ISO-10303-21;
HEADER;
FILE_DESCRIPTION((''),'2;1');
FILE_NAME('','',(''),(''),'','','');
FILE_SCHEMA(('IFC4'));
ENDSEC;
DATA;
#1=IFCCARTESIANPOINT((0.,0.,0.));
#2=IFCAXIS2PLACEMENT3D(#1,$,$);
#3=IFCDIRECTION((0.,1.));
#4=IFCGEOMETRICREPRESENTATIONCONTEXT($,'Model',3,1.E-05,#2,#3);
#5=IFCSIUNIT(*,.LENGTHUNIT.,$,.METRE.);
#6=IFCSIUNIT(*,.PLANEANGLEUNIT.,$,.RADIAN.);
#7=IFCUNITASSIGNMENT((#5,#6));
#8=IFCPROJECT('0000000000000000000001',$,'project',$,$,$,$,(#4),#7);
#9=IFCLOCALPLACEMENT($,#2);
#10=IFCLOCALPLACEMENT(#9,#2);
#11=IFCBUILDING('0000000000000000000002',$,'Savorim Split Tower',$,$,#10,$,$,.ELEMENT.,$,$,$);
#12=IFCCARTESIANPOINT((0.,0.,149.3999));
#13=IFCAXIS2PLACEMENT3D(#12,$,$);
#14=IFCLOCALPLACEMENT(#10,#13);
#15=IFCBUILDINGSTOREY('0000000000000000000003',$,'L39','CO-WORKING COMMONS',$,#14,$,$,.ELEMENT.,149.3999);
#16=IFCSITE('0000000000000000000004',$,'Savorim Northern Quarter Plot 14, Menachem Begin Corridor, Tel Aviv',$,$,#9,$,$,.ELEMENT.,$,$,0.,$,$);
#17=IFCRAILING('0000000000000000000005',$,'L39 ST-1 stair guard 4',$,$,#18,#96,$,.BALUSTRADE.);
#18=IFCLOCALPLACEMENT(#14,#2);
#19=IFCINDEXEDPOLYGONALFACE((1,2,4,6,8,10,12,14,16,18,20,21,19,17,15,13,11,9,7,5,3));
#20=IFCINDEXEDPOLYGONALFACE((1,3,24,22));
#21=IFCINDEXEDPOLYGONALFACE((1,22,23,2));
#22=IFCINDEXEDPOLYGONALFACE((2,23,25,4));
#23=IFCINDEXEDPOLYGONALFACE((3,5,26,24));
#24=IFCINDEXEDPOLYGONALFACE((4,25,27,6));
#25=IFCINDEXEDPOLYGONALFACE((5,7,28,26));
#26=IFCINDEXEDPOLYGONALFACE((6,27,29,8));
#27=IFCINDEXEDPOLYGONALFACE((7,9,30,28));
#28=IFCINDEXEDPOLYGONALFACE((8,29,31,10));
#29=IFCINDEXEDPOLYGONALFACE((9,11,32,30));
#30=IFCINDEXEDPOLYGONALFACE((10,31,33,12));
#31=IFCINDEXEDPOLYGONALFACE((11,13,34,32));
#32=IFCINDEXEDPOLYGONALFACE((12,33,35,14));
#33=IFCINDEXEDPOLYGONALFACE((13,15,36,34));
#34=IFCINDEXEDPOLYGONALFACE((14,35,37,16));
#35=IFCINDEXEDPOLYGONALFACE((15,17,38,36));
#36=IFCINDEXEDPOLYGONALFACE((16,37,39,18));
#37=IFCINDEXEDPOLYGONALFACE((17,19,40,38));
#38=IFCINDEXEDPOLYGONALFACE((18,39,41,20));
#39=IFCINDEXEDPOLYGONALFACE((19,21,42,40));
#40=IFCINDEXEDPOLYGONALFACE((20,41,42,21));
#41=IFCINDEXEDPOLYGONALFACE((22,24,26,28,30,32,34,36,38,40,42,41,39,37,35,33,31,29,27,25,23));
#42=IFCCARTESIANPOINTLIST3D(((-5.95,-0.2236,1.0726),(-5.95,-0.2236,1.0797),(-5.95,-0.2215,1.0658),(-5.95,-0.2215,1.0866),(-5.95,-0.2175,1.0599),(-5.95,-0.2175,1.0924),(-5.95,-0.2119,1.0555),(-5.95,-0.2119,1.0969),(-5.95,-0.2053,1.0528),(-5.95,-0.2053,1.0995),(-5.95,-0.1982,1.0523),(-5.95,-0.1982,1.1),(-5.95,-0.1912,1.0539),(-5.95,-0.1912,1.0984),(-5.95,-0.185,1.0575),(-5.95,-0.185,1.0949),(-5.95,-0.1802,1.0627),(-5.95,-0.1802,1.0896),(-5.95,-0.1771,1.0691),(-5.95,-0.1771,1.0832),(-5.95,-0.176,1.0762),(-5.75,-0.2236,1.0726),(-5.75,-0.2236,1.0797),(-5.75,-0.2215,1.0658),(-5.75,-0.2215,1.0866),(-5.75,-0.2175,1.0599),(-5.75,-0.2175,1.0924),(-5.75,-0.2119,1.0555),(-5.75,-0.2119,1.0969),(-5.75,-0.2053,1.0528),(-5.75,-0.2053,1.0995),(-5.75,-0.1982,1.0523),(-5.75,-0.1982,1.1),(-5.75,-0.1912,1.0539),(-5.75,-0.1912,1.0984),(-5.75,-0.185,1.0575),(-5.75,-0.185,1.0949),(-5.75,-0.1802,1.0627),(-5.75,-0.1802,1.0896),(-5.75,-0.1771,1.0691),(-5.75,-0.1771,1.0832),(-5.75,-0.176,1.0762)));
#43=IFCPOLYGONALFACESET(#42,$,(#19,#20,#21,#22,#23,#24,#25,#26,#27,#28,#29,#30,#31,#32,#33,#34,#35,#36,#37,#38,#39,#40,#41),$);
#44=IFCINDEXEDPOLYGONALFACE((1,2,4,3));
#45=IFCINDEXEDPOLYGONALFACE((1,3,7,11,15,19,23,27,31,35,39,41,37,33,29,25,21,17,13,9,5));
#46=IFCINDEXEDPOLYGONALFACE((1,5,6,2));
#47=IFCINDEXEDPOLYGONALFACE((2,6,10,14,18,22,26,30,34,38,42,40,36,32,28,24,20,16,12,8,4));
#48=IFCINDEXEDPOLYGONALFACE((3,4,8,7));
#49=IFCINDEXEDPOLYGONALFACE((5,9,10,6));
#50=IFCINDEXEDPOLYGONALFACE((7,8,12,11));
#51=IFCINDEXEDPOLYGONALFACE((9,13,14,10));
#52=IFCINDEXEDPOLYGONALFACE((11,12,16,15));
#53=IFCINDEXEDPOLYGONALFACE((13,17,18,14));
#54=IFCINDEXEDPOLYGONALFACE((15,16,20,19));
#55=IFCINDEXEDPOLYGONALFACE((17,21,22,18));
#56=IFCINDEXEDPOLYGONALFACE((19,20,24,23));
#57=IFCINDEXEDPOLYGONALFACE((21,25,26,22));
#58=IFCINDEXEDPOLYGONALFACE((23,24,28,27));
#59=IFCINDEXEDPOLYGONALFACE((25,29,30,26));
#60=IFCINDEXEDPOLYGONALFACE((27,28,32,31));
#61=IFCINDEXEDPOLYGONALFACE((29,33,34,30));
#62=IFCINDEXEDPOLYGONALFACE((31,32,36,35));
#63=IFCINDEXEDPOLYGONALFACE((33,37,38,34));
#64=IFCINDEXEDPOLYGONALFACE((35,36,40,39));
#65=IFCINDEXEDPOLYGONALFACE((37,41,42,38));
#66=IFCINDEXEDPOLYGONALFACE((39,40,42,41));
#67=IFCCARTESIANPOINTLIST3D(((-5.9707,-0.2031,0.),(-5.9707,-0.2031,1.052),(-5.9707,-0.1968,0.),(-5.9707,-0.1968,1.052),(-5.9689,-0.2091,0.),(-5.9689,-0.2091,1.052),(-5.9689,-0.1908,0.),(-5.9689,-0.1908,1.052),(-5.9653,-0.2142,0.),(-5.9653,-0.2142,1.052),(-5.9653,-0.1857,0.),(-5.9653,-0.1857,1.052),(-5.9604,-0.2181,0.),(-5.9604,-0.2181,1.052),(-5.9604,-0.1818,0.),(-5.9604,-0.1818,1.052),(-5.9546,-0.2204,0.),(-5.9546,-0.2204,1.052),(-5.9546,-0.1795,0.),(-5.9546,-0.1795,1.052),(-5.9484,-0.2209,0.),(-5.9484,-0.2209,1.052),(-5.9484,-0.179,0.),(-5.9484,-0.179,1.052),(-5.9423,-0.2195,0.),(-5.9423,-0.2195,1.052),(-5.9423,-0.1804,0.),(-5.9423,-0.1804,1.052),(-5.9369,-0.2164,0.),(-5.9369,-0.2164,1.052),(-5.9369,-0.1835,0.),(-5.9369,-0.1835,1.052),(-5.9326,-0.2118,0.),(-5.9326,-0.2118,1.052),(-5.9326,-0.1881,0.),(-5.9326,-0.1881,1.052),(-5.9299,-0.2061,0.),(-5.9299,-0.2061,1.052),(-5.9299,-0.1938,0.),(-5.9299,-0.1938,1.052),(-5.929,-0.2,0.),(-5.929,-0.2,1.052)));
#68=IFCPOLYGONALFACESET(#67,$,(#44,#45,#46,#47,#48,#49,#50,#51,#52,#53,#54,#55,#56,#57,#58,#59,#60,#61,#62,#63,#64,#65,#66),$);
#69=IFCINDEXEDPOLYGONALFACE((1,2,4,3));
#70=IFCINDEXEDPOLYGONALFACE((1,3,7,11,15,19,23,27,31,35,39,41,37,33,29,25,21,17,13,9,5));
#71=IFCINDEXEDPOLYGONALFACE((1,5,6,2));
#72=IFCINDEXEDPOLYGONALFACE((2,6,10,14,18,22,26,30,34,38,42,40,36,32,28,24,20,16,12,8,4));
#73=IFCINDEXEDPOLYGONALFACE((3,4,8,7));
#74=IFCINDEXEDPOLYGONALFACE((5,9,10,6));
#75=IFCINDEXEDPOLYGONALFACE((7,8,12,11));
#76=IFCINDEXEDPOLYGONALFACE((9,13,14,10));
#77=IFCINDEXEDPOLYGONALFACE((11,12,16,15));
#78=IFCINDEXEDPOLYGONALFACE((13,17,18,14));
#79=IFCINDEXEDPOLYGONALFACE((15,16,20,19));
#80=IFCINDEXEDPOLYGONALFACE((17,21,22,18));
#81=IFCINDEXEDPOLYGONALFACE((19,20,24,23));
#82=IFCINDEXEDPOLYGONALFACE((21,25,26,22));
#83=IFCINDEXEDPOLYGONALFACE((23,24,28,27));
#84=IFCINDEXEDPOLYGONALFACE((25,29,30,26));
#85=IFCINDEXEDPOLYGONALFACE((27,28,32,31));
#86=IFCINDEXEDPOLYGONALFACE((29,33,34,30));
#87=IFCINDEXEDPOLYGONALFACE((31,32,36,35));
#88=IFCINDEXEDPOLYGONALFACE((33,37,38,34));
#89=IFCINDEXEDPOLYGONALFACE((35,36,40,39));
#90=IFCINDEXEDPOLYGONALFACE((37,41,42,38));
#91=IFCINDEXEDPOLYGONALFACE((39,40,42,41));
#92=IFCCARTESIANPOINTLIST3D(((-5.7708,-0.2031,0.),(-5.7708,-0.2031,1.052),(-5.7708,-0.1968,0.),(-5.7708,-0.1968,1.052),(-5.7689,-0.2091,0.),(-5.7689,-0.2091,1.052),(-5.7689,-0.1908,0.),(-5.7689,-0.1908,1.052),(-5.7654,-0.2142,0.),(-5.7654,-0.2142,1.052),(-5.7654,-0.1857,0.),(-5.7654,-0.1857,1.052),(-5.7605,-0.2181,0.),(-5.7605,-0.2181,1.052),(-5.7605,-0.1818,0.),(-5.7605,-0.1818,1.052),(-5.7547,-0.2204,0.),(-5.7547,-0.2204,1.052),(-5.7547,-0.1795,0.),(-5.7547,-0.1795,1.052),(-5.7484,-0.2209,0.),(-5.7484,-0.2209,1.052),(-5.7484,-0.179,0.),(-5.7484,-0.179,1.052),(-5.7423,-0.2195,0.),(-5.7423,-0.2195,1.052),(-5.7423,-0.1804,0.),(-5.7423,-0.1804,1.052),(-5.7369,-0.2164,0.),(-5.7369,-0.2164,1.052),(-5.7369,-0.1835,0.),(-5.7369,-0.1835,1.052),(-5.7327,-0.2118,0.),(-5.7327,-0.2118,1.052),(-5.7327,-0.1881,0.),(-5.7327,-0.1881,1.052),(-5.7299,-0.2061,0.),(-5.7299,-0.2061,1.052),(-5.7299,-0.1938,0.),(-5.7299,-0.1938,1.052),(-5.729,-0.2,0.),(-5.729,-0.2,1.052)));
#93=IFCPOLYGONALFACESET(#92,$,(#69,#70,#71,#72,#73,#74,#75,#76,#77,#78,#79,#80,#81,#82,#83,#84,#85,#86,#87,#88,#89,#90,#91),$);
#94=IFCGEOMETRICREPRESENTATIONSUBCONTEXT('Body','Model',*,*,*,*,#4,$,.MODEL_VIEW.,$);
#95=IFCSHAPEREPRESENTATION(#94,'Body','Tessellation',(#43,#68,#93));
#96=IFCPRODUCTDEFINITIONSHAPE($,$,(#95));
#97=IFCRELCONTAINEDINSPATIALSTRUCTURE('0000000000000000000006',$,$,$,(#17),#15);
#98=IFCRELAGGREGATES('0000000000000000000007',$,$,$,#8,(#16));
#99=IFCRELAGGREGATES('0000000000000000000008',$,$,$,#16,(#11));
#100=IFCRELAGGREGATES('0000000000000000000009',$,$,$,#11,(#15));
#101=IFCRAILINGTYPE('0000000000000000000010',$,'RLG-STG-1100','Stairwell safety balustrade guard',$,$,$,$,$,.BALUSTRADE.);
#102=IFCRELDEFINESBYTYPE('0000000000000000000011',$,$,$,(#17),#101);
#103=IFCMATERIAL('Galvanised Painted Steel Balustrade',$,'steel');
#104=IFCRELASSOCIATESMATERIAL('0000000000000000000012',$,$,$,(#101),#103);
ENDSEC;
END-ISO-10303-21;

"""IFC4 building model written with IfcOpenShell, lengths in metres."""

from ifc_helpers import new_model, si_unit, direction, frame, origin, origin_2d, place, context, subcontext, project, spatial, circle, extrude, material, type_object, element, save


model = new_model("IFC4")

# Units and contexts
model_context = context("Model", 3, precision=1e-05, world=origin(), true_north=direction((0.0, 1.0)))
body_context = subcontext(model_context, "Body", "Model", "MODEL_VIEW")
ifc_project = project(units=[si_unit("LENGTHUNIT", "METRE"), si_unit("PLANEANGLEUNIT", "RADIAN")], contexts=[model_context])

# Site, building, storey
site_placement = place(None, origin())
site = spatial("IfcSite", under=ifc_project, at=site_placement, Name="Savorim Northern Quarter Plot 14, Menachem Begin Corridor, Tel Aviv", CompositionType="ELEMENT", RefElevation=0.0)
building_placement = place(site_placement, origin())
building = spatial("IfcBuilding", under=site, at=building_placement, Name="Savorim Split Tower", CompositionType="ELEMENT")
storey_placement = place(building_placement, frame((0.0, 0.0, 149.3999)))
storey = spatial("IfcBuildingStorey", under=building, at=storey_placement, Name="L39", Description="CO-WORKING COMMONS", CompositionType="ELEMENT", Elevation=149.3999)

# Railing
ifc_material_1 = material(Name="Galvanised Painted Steel Balustrade", Category="steel")
railing_type_1 = type_object("IfcRailingType", Name="RLG-STG-1100", Description="Stairwell safety balustrade guard", PredefinedType="BALUSTRADE", material=ifc_material_1)
railing_1_placement = place(storey_placement, frame((-5.95, -0.2, 0.0)))
element("IfcRailing", 1, at=railing_1_placement, inside=storey, type_object=railing_type_1, Name="L39 ST-1 stair guard 4", PredefinedType="BALUSTRADE", context=body_context, shape_type="SweptSolid", body=[
    extrude(circle(Radius=0.0239, at=origin_2d()), frame((0.0, 0.0, 1.0762), z_axis=(1.0, 0.0, 0.0), x_axis=(0.0, 1.0, 0.0)), (0.0, 0.0, 1.0), 0.2),
    extrude(circle(Radius=0.021, at=origin_2d()), origin(), (0.0, 0.0, 1.0), 1.052),
    extrude(circle(Radius=0.021, at=origin_2d()), frame((0.2, 0.0, 0.0)), (0.0, 0.0, 1.0), 1.052),
])

save(model, "model.ifc")
